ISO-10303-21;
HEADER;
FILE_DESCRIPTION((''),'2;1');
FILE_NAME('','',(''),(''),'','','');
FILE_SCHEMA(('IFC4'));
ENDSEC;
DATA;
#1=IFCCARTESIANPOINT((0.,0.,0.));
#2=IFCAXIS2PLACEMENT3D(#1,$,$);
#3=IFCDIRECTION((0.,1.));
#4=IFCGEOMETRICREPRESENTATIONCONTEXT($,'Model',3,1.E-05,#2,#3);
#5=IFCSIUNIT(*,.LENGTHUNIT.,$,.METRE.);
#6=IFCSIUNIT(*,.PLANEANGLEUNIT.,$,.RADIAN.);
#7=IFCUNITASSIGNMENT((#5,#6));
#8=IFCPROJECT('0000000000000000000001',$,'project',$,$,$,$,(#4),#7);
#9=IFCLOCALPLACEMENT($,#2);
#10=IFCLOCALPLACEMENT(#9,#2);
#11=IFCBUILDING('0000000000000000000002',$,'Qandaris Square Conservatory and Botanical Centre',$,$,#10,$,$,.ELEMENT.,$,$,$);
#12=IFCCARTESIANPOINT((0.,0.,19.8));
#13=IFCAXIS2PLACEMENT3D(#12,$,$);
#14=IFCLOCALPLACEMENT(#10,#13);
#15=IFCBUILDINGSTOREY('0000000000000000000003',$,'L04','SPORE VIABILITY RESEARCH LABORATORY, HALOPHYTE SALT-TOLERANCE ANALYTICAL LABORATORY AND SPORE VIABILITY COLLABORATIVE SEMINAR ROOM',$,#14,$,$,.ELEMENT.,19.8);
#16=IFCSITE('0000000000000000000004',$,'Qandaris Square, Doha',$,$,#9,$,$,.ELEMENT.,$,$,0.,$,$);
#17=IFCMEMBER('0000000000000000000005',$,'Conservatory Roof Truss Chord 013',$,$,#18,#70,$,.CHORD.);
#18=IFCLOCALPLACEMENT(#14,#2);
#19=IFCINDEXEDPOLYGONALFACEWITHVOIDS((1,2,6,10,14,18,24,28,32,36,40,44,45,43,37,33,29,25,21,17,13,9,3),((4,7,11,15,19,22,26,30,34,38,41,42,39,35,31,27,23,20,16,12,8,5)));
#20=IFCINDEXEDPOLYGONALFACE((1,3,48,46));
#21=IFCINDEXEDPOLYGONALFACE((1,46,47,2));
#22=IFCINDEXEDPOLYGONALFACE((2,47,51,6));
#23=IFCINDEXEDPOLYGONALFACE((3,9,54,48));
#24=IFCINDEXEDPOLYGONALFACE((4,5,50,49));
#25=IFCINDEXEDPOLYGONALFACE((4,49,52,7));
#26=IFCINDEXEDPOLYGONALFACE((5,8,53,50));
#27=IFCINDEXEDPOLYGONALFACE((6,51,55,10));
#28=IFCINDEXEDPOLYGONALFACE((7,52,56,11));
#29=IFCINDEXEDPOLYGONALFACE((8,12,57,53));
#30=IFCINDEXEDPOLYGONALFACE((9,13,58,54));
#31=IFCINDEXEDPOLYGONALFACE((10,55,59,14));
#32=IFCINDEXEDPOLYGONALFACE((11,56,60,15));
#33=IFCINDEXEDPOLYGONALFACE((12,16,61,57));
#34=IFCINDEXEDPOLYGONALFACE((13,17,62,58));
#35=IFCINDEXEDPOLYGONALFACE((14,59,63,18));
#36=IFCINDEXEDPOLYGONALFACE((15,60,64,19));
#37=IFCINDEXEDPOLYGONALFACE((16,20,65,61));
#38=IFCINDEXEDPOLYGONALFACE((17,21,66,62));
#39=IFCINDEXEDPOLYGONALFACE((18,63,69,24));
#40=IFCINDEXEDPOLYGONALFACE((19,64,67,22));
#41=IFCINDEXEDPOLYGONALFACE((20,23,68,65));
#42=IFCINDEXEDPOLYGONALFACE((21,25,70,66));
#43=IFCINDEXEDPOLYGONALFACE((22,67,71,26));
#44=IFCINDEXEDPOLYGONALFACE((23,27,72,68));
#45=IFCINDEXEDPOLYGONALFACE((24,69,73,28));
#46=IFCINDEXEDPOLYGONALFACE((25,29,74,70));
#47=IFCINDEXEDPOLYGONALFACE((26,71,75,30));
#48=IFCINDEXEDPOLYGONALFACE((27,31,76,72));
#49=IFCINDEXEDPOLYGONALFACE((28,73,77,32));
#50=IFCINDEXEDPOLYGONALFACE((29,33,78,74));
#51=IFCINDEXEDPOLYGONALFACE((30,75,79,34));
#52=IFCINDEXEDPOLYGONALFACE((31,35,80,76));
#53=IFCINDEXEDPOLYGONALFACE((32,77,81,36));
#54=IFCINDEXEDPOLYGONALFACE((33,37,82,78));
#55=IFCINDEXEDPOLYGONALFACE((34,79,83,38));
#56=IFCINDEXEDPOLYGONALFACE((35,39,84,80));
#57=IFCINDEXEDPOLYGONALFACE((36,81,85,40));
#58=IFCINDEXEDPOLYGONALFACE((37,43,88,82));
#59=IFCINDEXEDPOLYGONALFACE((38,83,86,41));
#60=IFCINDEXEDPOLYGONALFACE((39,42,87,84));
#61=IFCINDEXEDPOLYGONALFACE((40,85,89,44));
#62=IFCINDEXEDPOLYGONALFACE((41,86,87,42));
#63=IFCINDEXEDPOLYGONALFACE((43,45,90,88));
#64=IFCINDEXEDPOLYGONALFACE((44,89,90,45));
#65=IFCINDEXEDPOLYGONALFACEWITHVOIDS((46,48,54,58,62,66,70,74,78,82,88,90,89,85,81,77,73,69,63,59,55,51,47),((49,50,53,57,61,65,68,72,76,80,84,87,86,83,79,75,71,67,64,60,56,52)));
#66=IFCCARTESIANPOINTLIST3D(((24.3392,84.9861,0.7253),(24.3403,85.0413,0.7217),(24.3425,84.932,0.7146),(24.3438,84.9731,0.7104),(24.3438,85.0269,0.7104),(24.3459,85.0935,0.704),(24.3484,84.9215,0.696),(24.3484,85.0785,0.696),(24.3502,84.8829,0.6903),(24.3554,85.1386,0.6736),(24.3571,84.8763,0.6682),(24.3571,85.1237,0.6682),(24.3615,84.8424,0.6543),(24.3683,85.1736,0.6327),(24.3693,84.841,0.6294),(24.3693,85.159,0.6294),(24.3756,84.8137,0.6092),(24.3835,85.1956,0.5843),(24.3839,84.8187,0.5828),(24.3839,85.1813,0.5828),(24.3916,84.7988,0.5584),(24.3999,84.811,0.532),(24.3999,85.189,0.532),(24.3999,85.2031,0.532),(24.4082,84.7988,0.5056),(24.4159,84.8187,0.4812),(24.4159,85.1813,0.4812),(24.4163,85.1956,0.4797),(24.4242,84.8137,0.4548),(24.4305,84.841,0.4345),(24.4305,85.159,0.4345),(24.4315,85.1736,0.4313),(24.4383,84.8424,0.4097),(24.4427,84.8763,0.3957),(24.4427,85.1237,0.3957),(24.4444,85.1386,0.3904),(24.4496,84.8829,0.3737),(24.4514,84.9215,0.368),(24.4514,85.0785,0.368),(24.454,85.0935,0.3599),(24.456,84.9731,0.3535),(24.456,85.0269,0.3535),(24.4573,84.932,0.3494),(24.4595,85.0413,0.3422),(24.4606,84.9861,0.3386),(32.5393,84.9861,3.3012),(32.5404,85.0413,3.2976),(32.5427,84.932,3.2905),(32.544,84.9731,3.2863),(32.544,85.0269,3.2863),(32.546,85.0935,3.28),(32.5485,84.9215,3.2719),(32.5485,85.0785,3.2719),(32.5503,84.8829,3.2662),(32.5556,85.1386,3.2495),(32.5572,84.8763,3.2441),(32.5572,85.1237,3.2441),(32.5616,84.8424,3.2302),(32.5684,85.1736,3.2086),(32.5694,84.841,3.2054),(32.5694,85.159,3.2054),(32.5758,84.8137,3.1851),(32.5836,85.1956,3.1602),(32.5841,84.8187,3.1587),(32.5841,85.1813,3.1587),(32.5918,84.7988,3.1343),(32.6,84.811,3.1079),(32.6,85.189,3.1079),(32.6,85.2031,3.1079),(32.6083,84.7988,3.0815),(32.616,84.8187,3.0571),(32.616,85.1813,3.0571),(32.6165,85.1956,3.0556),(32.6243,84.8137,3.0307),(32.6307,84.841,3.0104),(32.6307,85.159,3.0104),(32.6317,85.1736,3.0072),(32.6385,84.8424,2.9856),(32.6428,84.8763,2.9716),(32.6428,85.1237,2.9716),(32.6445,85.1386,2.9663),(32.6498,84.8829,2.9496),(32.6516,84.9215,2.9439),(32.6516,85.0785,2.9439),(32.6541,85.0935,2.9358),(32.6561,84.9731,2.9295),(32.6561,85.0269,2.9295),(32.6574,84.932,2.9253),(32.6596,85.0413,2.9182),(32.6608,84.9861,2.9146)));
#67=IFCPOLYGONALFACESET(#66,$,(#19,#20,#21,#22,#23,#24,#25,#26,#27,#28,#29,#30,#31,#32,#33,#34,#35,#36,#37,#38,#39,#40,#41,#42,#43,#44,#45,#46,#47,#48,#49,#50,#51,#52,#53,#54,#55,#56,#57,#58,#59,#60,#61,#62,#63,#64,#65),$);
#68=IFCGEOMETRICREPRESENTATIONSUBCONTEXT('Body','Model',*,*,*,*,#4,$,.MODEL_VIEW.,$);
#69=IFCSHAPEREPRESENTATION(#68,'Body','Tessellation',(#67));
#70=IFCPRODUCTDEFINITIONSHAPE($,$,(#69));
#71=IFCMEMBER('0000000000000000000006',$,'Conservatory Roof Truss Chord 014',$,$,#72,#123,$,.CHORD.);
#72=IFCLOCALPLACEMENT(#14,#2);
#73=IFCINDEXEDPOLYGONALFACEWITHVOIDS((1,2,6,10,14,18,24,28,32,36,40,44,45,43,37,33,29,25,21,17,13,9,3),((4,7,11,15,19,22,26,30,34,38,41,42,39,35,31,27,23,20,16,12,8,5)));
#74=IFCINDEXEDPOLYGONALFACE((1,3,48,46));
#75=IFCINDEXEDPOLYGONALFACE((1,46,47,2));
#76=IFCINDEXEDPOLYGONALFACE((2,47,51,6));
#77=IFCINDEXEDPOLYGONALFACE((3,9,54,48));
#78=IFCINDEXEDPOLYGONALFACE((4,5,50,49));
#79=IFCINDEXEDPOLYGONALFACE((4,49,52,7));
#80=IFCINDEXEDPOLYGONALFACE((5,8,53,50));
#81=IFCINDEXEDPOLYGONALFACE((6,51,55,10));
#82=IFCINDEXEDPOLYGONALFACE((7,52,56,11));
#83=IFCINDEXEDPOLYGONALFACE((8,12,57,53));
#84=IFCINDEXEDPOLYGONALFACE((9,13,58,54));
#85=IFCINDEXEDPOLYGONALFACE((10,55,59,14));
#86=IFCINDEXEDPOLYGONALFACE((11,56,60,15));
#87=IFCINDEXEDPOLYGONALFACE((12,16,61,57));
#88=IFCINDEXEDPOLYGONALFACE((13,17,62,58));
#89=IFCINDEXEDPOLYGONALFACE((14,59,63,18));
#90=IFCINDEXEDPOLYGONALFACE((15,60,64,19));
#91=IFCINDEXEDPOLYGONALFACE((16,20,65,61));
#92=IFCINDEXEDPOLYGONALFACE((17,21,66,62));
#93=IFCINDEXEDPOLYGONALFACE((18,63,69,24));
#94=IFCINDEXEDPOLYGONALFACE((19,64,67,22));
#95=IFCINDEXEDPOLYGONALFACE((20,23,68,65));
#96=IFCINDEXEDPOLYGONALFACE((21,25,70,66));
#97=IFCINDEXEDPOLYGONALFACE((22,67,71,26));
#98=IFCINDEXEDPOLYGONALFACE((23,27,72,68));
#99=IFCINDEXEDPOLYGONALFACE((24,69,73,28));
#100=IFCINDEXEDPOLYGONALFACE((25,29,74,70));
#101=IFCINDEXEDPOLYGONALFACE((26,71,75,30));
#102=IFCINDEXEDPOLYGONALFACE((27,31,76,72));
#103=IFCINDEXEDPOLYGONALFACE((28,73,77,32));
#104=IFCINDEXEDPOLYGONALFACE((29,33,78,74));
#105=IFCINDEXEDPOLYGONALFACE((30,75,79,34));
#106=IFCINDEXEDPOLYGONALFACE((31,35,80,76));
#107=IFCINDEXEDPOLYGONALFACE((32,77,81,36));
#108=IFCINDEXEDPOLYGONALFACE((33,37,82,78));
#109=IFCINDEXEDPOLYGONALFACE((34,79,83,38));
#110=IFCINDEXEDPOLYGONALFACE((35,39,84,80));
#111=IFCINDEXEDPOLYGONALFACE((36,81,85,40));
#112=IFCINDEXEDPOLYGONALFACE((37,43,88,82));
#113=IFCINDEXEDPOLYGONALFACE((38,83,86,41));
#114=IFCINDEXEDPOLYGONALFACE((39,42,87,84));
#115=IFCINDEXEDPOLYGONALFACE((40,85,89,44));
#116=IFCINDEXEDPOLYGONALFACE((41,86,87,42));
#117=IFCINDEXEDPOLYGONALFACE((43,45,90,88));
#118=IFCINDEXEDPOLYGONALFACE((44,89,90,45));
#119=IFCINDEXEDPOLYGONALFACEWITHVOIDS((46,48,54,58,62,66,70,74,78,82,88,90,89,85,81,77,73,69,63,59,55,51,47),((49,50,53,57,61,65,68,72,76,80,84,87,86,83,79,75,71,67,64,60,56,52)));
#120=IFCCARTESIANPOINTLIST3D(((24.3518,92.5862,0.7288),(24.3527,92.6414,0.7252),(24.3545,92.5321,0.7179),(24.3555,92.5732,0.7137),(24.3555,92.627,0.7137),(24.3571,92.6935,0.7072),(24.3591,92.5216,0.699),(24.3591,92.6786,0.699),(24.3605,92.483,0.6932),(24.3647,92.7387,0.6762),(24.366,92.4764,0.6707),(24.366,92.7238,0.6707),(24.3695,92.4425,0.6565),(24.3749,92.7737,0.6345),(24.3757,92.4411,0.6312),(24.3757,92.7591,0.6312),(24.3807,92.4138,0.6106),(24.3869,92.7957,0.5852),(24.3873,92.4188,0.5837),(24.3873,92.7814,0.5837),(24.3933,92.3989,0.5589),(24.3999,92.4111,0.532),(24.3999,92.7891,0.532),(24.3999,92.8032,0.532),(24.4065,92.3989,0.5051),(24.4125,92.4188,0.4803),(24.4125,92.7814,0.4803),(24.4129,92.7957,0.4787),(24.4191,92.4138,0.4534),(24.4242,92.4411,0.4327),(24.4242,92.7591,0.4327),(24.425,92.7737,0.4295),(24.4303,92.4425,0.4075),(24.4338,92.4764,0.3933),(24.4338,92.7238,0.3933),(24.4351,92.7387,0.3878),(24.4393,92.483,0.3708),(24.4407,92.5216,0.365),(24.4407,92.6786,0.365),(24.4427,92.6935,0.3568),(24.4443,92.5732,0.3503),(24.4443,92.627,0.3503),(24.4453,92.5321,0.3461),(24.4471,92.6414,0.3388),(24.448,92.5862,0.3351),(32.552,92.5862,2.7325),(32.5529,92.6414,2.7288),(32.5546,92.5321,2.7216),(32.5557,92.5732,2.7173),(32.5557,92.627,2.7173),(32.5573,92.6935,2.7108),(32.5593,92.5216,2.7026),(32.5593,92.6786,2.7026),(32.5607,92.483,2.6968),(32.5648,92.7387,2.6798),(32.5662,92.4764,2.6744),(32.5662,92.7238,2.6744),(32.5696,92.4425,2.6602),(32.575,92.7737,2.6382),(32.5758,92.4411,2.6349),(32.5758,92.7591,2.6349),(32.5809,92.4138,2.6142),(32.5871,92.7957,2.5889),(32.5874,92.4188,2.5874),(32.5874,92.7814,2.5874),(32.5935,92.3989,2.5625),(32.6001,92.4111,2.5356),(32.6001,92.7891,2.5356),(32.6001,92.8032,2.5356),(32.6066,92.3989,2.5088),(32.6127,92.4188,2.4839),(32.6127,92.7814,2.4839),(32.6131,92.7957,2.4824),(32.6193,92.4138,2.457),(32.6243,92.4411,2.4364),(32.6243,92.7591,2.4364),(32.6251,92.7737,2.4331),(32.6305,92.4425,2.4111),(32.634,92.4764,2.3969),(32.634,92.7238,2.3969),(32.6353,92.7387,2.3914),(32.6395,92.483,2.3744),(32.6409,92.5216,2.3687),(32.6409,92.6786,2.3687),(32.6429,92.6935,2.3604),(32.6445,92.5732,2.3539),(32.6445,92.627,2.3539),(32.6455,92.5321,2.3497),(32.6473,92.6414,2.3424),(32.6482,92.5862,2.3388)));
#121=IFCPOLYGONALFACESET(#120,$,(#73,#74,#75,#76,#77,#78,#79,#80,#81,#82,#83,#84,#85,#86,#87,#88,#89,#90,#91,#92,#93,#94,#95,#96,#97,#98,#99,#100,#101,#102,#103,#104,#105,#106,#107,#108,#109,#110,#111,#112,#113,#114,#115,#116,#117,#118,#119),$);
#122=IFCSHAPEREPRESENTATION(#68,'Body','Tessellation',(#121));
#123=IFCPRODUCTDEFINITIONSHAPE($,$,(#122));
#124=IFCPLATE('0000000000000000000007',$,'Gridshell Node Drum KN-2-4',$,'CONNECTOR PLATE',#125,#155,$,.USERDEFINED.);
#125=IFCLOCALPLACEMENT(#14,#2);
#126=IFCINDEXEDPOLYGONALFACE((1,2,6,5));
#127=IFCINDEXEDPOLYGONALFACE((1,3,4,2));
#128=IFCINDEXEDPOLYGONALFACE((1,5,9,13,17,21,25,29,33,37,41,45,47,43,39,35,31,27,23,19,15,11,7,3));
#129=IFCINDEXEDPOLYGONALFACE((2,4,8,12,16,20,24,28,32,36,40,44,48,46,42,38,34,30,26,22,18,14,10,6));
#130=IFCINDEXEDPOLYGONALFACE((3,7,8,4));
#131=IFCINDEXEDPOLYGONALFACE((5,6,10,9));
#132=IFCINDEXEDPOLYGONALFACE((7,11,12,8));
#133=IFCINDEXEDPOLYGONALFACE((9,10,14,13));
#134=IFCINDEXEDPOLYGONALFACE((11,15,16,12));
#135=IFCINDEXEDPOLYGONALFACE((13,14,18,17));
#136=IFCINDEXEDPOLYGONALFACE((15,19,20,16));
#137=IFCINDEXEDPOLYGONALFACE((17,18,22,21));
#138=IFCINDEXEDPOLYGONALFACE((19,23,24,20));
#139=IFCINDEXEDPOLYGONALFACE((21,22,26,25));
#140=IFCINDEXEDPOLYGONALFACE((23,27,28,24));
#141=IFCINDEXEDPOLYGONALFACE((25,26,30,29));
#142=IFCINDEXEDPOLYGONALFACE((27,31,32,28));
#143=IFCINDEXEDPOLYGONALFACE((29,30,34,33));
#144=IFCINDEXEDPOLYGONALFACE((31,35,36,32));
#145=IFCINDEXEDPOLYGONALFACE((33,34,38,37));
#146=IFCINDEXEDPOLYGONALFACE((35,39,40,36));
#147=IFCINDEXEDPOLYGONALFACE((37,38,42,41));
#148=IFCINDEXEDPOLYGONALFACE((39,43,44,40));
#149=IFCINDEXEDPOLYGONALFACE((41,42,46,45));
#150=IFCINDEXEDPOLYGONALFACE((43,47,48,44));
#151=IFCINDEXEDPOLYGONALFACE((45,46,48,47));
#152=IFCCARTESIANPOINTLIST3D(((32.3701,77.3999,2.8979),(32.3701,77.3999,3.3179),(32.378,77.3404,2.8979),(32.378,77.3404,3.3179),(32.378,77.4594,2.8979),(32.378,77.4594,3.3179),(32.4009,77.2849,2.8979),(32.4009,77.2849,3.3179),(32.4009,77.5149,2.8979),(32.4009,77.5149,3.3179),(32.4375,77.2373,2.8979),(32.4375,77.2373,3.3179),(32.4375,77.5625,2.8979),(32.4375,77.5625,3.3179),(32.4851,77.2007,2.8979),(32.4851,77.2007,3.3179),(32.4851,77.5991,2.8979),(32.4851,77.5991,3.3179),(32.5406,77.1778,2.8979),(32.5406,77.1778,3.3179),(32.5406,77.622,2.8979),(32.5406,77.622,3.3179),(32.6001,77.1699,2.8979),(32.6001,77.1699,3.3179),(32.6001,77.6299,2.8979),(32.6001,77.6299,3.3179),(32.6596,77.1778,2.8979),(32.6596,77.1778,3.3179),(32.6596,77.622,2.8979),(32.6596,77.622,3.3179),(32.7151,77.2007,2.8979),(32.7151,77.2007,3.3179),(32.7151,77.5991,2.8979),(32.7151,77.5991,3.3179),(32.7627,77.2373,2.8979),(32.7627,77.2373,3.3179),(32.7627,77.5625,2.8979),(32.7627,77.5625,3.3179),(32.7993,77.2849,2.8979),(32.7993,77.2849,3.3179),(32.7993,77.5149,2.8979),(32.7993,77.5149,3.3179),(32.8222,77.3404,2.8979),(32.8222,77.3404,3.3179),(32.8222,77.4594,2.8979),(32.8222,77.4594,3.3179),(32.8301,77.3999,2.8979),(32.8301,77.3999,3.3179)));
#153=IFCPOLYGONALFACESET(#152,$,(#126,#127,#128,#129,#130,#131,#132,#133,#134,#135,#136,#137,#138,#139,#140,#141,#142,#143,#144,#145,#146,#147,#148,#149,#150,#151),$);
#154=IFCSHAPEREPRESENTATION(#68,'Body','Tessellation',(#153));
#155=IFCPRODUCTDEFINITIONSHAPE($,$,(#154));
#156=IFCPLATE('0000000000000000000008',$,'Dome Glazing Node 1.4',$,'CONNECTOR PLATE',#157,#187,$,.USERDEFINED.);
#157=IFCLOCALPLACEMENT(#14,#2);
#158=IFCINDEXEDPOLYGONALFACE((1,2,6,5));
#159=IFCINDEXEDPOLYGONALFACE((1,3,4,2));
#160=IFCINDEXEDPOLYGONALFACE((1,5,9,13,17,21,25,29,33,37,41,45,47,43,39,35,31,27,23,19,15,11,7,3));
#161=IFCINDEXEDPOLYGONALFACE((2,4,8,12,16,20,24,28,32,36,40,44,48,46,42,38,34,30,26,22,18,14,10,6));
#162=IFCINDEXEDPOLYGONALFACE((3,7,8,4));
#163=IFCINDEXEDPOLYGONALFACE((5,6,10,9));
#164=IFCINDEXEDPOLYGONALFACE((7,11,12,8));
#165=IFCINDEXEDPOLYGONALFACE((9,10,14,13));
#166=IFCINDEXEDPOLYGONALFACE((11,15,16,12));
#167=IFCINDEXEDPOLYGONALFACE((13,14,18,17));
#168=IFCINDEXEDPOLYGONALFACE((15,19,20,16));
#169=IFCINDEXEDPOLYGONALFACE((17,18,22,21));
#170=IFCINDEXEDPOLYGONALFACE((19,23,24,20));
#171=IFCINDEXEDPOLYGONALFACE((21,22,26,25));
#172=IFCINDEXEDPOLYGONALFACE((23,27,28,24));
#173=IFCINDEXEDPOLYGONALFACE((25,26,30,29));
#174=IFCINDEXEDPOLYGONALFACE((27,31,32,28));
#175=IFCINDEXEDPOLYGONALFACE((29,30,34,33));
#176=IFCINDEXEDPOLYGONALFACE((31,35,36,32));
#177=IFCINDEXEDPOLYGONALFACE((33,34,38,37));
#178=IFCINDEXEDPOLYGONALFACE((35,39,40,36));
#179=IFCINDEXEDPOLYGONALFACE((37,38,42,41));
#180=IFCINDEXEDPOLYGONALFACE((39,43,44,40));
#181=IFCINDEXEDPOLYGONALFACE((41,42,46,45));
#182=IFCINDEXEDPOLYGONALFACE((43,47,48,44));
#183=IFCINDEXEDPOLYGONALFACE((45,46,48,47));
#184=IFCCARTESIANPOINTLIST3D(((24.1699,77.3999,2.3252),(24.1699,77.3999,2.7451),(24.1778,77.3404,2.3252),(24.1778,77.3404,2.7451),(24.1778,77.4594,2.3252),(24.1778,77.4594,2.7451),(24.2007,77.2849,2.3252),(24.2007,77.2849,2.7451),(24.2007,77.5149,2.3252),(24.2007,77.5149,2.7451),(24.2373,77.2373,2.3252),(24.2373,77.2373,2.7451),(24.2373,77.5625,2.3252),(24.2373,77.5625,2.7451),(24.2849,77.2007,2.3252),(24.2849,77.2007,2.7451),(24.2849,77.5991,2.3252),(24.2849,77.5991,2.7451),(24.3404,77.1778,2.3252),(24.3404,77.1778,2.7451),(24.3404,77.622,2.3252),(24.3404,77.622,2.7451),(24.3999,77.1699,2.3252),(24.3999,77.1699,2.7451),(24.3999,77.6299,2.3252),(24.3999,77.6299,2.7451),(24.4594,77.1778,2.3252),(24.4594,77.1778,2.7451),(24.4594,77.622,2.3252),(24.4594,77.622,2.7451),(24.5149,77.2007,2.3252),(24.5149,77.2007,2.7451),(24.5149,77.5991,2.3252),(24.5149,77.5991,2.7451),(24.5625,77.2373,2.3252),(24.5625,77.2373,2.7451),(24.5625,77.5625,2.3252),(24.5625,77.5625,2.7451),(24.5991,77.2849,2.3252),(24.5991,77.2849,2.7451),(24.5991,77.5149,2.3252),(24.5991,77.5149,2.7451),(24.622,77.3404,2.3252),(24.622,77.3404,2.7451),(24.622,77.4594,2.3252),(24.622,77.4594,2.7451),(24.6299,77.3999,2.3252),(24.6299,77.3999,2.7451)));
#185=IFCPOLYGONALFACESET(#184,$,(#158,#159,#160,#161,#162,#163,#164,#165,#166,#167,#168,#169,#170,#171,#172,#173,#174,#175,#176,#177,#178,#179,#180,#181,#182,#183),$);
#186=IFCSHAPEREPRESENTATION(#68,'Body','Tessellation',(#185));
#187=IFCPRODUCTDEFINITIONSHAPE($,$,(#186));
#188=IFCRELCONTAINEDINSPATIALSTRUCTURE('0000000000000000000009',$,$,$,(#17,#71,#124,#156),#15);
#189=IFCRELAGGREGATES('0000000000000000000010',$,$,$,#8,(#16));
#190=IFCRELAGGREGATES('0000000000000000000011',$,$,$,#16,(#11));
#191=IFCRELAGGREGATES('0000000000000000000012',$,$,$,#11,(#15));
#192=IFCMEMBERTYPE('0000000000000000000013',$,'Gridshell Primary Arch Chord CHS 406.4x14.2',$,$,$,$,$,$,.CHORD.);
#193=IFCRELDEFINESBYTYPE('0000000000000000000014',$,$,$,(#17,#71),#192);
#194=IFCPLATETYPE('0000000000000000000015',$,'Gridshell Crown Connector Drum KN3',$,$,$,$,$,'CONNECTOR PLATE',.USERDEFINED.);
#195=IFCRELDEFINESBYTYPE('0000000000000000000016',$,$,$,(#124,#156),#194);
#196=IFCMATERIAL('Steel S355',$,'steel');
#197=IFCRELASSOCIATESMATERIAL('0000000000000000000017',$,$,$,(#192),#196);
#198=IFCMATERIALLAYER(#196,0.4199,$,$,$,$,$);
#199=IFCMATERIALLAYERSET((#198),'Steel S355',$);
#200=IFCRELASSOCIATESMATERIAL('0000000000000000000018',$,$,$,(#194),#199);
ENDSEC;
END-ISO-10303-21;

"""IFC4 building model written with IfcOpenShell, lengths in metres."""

from ifc_helpers import new_model, si_unit, direction, frame, origin, origin_2d, place, context, subcontext, project, spatial, circle, hollow_circle, extrude, material, layer, layer_set, material_profile, profile_set, type_object, element, save


model = new_model("IFC4")

# Units and contexts
model_context = context("Model", 3, precision=1e-05, world=origin(), true_north=direction((0.0, 1.0)))
body_context = subcontext(model_context, "Body", "Model", "MODEL_VIEW")
ifc_project = project(units=[si_unit("LENGTHUNIT", "METRE"), si_unit("PLANEANGLEUNIT", "RADIAN")], contexts=[model_context])

# Site, building, storey
site_placement = place(None, origin())
site = spatial("IfcSite", under=ifc_project, at=site_placement, Name="Qandaris Square, Doha", CompositionType="ELEMENT", RefElevation=0.0)
building_placement = place(site_placement, origin())
building = spatial("IfcBuilding", under=site, at=building_placement, Name="Qandaris Square Conservatory and Botanical Centre", CompositionType="ELEMENT")
storey_placement = place(building_placement, frame((0.0, 0.0, 19.8)))
storey = spatial("IfcBuildingStorey", under=building, at=storey_placement, Name="L04", Description="SPORE VIABILITY RESEARCH LABORATORY, HALOPHYTE SALT-TOLERANCE ANALYTICAL LABORATORY AND SPORE VIABILITY COLLABORATIVE SEMINAR ROOM", CompositionType="ELEMENT", Elevation=19.8)

# Members
ifc_material = material(Name="Steel S355", Category="steel")
ifc_material_profile_1 = material_profile(ifc_material, hollow_circle(Radius=0.2031, WallThickness=0.0142, at=origin_2d()), Name="CHS 406.4x14.2")
ifc_profile_set_1 = profile_set([ifc_material_profile_1], Name="Steel S355")
member_type_1 = type_object("IfcMemberType", Name="Gridshell Primary Arch Chord CHS 406.4x14.2", PredefinedType="CHORD", material=ifc_profile_set_1)
for number, where, z_axis, x_axis, name in (
    (1, (24.3999, 85.0, 0.532), (0.954036, 0.0, 0.299691), (0.0, 1.0, 0.0), "Conservatory Roof Truss Chord 013"),
):
    element("IfcMember", number, at=place(storey_placement, frame(where, z_axis=z_axis, x_axis=x_axis)), inside=storey, type_object=member_type_1, Name=name, PredefinedType="CHORD", context=body_context, shape_type="SweptSolid", body=[
        extrude(hollow_circle(Radius=0.2031, WallThickness=0.0142, at=origin_2d()), origin(), (0.0, 0.0, 1.0), 8.5952),
    ])
member_1_placement = place(storey_placement, frame((24.3999, 92.6001, 0.532), z_axis=(0.971422, 0.0, 0.23736), x_axis=(0.0, 1.0, 0.0)))
element("IfcMember", 2, at=member_1_placement, inside=storey, type_object=member_type_1, Name="Conservatory Roof Truss Chord 014", PredefinedType="CHORD", context=body_context, shape_type="SweptSolid", body=[
    extrude(hollow_circle(Radius=0.2031, WallThickness=0.0142, at=origin_2d()), origin(), (0.0, 0.0, 1.0), 8.4414),
])

# Plates
ifc_layer_1 = layer(ifc_material, 0.4199)
ifc_layer_set_1 = layer_set([ifc_layer_1], Name="Steel S355")
plate_type_1 = type_object("IfcPlateType", Name="Gridshell Crown Connector Drum KN3", ElementType="CONNECTOR PLATE", PredefinedType="USERDEFINED", material=ifc_layer_set_1)
for number, where, z_axis, x_axis, name in (
    (3, (32.6001, 77.3999, 2.8979), (0.0, 0.0, 1.0), (1.0, 0.0, 0.0), "Gridshell Node Drum KN-2-4"),
    (4, (24.3999, 77.3999, 2.3252), (0.0, 0.0, 1.0), (1.0, 0.0, 0.0), "Dome Glazing Node 1.4"),
):
    element("IfcPlate", number, at=place(storey_placement, frame(where, z_axis=z_axis, x_axis=x_axis)), inside=storey, type_object=plate_type_1, Name=name, ObjectType="CONNECTOR PLATE", PredefinedType="USERDEFINED", context=body_context, shape_type="SweptSolid", body=[
        extrude(circle(Radius=0.23, at=origin_2d()), origin(), (0.0, 0.0, 1.0), 0.4199),
    ])

save(model, "model.ifc")
